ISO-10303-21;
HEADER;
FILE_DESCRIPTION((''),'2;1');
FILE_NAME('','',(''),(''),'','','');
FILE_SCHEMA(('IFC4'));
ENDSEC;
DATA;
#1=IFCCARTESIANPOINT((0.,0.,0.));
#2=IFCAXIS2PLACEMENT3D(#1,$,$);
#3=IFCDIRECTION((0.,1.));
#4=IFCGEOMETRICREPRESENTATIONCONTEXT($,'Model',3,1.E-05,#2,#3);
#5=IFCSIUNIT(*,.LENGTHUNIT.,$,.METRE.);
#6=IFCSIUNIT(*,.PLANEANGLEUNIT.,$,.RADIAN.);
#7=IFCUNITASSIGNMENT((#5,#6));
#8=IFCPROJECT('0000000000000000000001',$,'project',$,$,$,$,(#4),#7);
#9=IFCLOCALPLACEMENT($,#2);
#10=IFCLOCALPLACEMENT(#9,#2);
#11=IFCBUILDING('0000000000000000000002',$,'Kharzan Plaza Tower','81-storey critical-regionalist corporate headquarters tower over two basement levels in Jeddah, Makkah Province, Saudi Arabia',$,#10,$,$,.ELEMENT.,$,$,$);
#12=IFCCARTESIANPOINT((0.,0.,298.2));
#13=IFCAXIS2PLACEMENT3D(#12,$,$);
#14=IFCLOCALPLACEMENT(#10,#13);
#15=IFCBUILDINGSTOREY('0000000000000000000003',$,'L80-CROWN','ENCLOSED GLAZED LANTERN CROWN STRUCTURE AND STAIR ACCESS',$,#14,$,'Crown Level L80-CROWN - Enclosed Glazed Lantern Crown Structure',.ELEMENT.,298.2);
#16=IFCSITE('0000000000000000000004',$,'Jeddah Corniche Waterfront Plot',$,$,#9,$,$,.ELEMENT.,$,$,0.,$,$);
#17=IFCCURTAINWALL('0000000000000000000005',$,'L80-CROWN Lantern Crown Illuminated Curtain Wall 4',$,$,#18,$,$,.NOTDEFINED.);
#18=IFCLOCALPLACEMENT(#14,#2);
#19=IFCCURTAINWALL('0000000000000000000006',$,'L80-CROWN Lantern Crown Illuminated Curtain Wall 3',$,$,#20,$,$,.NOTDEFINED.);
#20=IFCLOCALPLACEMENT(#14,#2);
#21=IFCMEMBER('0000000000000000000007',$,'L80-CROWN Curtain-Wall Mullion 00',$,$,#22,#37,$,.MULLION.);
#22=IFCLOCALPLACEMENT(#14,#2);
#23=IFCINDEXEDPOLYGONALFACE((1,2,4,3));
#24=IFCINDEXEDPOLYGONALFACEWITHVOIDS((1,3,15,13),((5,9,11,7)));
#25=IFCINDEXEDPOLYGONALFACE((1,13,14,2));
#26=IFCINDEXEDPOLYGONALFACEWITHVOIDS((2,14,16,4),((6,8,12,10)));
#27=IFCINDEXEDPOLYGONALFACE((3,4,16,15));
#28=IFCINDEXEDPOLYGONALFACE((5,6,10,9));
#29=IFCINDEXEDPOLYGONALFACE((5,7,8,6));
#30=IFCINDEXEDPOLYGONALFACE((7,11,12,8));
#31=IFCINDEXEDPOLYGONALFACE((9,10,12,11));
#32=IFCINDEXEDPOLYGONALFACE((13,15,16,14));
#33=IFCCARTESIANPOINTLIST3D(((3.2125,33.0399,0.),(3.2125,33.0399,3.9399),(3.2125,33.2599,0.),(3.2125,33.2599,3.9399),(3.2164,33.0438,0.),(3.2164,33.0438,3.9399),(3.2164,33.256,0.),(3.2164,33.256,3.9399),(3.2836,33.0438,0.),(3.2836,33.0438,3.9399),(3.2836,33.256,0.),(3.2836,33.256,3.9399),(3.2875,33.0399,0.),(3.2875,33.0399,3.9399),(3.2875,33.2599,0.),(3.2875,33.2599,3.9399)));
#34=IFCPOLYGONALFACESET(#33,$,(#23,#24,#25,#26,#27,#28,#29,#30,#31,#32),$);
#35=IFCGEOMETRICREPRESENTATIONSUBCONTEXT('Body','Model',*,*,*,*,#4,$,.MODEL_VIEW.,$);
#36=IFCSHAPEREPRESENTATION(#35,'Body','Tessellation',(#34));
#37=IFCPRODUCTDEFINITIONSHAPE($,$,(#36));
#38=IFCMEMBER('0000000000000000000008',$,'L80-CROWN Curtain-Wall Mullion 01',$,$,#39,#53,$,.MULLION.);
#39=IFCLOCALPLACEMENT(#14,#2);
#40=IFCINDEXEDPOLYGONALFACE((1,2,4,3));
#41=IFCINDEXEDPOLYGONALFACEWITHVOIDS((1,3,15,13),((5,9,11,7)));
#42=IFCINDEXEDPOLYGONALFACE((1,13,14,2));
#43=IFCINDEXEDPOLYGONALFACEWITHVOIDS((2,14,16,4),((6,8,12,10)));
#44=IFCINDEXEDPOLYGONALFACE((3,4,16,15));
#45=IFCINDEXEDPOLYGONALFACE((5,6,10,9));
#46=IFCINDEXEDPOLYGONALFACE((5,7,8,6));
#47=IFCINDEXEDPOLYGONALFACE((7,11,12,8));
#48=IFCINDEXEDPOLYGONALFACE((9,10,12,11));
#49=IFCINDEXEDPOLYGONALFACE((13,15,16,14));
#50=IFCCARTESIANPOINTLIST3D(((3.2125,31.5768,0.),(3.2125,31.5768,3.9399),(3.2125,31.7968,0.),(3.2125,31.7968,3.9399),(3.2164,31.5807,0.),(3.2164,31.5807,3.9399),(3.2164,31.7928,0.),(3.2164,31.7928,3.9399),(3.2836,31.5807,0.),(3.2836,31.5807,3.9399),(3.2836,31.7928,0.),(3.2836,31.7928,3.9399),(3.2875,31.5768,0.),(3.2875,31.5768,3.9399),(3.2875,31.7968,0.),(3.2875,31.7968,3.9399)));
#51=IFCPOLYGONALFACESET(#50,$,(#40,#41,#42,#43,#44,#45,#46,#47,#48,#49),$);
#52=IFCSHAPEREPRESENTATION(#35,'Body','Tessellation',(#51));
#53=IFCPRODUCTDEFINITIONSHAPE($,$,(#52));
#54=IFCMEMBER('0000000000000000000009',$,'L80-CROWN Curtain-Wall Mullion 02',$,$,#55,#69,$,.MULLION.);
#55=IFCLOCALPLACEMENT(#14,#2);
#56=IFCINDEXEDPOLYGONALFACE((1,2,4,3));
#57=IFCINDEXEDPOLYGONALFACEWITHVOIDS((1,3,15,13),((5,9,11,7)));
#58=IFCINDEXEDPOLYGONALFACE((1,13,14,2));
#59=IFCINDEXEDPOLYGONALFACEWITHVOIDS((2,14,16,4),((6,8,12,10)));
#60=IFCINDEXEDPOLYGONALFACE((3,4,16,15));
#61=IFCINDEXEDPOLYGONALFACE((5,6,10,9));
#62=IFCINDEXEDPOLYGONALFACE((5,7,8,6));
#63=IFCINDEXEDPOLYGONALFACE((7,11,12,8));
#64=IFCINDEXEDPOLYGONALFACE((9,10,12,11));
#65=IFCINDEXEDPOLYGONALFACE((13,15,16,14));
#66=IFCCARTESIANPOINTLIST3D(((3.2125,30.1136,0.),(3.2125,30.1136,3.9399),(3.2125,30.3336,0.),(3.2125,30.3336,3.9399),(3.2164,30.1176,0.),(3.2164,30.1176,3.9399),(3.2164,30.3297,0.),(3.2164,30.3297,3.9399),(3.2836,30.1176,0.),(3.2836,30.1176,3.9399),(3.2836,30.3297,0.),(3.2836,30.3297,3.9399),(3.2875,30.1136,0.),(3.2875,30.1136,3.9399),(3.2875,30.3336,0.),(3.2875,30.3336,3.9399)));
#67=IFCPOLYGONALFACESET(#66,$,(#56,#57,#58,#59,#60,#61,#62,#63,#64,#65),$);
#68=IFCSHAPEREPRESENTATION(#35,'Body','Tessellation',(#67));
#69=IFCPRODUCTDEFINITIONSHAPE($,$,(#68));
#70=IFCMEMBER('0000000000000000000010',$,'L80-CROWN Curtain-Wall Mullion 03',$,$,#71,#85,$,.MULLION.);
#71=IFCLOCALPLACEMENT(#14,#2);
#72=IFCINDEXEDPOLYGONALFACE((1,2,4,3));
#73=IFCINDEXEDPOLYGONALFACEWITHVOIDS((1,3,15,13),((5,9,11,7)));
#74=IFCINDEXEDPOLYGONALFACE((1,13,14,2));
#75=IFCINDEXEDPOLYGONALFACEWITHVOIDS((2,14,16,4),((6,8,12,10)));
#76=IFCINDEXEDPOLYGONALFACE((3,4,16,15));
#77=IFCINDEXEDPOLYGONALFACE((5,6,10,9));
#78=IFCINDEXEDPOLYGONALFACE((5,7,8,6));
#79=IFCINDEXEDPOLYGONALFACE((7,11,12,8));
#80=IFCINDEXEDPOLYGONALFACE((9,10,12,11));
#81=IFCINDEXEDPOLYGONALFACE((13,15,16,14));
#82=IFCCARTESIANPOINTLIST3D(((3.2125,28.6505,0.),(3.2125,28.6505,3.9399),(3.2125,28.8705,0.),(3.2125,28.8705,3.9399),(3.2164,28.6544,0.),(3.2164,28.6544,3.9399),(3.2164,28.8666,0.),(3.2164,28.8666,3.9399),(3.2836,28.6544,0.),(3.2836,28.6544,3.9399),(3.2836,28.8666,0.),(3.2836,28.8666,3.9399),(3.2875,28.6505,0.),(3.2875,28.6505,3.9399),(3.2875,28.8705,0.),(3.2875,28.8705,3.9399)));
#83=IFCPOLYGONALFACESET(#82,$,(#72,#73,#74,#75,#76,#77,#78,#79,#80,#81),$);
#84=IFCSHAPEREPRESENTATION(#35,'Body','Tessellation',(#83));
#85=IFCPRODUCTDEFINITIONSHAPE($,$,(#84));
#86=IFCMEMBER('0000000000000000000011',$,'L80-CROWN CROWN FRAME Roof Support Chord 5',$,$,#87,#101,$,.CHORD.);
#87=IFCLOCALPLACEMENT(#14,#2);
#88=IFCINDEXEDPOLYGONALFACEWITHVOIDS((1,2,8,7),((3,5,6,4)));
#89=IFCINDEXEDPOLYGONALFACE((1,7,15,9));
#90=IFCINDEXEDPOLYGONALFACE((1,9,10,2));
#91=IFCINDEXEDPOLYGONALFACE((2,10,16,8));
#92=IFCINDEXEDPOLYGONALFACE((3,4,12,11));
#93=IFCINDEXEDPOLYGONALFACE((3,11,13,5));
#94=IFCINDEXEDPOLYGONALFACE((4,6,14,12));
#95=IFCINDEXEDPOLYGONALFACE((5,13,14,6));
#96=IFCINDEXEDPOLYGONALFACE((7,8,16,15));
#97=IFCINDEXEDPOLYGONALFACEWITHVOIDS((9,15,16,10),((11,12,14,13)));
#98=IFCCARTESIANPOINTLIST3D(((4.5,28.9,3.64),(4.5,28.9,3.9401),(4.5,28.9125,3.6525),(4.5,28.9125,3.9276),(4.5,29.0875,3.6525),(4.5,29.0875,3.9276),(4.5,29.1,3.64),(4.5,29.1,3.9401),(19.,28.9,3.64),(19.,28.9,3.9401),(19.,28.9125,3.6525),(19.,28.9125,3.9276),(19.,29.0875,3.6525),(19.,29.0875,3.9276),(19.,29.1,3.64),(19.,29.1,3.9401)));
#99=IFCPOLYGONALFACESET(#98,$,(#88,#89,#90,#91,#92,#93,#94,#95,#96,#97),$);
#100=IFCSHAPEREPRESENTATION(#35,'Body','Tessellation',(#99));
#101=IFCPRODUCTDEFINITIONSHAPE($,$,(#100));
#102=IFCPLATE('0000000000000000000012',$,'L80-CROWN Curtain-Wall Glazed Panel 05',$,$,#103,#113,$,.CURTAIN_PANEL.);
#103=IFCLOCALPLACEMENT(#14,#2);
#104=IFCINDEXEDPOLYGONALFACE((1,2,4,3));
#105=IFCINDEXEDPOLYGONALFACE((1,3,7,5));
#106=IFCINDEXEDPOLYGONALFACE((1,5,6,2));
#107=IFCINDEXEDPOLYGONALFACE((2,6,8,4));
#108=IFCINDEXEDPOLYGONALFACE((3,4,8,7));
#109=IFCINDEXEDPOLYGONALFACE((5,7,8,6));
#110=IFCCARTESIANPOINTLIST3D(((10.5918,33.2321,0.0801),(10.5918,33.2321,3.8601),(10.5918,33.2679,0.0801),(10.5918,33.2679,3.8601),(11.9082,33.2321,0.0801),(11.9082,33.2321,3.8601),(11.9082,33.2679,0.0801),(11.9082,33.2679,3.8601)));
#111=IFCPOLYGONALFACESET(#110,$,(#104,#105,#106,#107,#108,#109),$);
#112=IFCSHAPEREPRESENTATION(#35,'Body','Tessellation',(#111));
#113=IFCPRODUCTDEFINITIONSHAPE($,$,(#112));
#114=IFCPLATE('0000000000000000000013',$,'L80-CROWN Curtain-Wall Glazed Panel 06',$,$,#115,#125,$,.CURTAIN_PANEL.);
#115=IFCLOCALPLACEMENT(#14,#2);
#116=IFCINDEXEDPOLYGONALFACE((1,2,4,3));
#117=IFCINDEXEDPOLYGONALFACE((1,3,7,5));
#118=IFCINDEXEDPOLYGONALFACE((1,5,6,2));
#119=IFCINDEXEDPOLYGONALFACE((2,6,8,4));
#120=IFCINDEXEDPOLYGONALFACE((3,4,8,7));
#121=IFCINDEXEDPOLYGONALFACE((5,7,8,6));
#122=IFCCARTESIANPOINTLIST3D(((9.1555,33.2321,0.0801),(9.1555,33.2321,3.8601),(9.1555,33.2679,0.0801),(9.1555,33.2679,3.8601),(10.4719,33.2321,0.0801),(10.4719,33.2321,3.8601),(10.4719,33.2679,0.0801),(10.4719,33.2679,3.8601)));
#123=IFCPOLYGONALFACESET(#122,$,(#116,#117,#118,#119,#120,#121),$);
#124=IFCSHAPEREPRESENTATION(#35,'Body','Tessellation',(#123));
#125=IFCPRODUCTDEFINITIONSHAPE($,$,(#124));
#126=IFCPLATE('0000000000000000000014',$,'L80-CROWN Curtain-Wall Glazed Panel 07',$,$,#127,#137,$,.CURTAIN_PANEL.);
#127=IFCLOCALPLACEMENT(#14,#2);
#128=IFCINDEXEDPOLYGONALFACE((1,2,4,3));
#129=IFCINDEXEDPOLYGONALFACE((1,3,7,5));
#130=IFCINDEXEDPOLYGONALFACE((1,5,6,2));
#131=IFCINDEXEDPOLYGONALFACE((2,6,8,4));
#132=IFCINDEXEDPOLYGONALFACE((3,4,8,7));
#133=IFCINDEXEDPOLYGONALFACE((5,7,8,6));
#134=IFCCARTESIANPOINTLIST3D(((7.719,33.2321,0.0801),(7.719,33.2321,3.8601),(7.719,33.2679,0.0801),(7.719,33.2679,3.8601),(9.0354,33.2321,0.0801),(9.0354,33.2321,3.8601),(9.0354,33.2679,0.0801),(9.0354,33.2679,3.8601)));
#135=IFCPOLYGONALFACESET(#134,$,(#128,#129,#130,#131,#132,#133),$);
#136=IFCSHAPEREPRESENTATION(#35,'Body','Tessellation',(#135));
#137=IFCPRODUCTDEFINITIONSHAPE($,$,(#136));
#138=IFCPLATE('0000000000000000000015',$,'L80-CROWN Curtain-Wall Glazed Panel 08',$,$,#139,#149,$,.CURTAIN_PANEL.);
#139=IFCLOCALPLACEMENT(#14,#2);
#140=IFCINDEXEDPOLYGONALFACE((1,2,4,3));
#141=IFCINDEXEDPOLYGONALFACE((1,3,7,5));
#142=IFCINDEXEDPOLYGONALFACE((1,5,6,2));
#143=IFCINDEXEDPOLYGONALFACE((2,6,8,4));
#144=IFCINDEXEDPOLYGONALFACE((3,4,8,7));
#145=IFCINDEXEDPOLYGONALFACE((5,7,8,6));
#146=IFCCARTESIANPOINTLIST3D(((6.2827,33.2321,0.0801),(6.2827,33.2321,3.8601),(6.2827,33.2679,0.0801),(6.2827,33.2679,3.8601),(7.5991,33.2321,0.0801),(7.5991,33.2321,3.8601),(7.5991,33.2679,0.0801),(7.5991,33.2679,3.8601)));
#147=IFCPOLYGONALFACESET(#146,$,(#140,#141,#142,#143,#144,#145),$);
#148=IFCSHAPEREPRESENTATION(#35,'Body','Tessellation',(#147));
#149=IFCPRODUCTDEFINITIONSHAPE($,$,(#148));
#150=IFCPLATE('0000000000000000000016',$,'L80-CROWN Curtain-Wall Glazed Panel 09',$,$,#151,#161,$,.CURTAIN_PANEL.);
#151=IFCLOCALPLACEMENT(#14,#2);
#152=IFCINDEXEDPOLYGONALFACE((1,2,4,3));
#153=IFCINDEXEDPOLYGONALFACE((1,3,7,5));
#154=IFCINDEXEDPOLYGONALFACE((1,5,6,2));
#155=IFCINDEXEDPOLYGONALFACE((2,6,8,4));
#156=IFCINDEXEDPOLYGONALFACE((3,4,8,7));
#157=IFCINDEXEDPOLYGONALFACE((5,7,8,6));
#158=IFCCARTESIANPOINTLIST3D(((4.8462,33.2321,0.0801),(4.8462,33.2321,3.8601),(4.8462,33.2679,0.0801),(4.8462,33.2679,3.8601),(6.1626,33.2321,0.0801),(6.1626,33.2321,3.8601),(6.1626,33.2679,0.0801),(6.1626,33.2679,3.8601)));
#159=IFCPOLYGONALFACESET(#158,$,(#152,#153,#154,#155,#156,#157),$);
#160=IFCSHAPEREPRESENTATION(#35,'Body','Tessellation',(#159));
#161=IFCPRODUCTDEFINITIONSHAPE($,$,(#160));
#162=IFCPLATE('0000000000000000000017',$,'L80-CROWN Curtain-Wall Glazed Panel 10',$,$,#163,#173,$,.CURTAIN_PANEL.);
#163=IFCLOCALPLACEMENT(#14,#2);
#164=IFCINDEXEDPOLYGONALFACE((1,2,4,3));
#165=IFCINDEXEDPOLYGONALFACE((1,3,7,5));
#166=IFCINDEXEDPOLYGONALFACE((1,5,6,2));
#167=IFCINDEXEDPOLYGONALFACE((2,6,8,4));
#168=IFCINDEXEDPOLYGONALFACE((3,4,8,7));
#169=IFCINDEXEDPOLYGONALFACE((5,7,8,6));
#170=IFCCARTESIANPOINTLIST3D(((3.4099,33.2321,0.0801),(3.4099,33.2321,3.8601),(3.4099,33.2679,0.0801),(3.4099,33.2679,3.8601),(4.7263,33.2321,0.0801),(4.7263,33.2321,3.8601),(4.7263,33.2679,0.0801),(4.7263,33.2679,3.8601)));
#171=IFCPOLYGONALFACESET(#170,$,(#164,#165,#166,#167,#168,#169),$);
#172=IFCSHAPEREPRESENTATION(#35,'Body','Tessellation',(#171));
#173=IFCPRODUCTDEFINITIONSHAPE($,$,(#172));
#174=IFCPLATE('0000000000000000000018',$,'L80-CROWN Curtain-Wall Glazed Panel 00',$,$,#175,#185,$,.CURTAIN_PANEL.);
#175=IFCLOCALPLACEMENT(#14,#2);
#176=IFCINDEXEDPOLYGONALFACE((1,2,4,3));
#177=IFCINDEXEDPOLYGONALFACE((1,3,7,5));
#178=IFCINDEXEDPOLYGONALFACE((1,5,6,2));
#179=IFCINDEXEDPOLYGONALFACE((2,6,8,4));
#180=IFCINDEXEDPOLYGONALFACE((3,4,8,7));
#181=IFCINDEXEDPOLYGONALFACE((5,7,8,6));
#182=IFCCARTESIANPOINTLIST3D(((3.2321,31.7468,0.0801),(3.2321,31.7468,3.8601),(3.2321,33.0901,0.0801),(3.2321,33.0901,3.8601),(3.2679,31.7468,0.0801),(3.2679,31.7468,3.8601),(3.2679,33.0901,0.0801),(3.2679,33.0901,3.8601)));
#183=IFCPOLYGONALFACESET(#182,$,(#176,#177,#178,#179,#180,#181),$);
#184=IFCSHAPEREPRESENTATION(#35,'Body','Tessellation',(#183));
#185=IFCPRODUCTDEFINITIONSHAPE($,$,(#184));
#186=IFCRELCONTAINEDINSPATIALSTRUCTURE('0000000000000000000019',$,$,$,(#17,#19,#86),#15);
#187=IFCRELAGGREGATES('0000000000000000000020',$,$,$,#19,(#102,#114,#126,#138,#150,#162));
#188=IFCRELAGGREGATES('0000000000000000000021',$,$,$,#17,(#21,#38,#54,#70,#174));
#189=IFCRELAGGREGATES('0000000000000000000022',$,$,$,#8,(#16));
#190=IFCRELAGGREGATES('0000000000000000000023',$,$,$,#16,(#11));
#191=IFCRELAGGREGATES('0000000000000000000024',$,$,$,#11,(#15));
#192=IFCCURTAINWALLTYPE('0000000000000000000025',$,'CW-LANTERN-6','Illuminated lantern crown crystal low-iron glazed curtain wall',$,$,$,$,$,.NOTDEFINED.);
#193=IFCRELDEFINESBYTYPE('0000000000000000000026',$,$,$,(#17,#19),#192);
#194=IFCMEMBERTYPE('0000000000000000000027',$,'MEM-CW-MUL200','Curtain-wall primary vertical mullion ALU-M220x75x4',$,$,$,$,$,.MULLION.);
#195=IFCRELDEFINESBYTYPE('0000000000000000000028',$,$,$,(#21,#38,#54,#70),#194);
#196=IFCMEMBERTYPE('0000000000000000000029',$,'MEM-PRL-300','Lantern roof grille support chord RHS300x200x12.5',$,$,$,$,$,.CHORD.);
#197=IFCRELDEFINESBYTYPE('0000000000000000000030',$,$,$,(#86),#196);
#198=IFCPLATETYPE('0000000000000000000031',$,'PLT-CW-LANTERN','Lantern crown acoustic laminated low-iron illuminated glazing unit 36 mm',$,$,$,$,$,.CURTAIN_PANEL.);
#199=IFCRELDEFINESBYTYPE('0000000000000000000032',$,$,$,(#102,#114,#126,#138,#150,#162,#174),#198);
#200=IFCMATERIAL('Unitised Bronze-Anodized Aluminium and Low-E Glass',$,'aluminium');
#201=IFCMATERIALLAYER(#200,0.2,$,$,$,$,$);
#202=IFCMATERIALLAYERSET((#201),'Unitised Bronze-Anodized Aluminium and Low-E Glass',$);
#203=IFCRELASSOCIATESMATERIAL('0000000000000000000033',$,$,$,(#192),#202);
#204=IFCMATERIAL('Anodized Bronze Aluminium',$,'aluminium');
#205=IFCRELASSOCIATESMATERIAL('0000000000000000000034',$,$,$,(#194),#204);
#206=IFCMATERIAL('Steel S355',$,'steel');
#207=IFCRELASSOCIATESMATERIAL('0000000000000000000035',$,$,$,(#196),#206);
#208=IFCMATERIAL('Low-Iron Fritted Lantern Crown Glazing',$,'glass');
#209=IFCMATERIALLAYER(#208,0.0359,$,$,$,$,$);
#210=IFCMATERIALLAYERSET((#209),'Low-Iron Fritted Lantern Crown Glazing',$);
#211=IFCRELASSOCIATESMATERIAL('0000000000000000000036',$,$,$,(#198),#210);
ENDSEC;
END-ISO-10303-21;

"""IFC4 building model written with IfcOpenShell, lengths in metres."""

from ifc_helpers import new_model, si_unit, direction, frame, origin, origin_2d, place, context, subcontext, project, spatial, rectangle, hollow_rectangle, extrude, source, transform, mapped, material, layer, layer_set, material_profile, profile_set, type_object, element, aggregate, save


model = new_model("IFC4")

# Units and contexts
model_context = context("Model", 3, precision=1e-05, world=origin(), true_north=direction((0.0, 1.0)))
body_context = subcontext(model_context, "Body", "Model", "MODEL_VIEW")
ifc_project = project(units=[si_unit("LENGTHUNIT", "METRE"), si_unit("PLANEANGLEUNIT", "RADIAN")], contexts=[model_context])

# Site, building, storey
site_placement = place(None, origin())
site = spatial("IfcSite", under=ifc_project, at=site_placement, Name="Jeddah Corniche Waterfront Plot", CompositionType="ELEMENT", RefElevation=0.0)
building_placement = place(site_placement, origin())
building = spatial("IfcBuilding", under=site, at=building_placement, Name="Kharzan Plaza Tower", Description="81-storey critical-regionalist corporate headquarters tower over two basement levels in Jeddah, Makkah Province, Saudi Arabia", CompositionType="ELEMENT")
storey_placement = place(building_placement, frame((0.0, 0.0, 298.2)))
storey = spatial("IfcBuildingStorey", under=building, at=storey_placement, Name="L80-CROWN", Description="ENCLOSED GLAZED LANTERN CROWN STRUCTURE AND STAIR ACCESS", LongName="Crown Level L80-CROWN - Enclosed Glazed Lantern Crown Structure", CompositionType="ELEMENT", Elevation=298.2)

# Shared definitions
ifc_material_1 = material(Name="Steel S355", Category="steel")

# Curtain walls
ifc_material_2 = material(Name="Unitised Bronze-Anodized Aluminium and Low-E Glass", Category="aluminium")
ifc_layer_1 = layer(ifc_material_2, 0.2)
ifc_layer_set_1 = layer_set([ifc_layer_1], Name="Unitised Bronze-Anodized Aluminium and Low-E Glass")
curtain_wall_type = type_object("IfcCurtainWallType", Name="CW-LANTERN-6", Description="Illuminated lantern crown crystal low-iron glazed curtain wall", PredefinedType="NOTDEFINED", material=ifc_layer_set_1)
curtain_wall_1_placement = place(storey_placement, origin())
curtain_wall_1 = element("IfcCurtainWall", 1, at=curtain_wall_1_placement, inside=storey, type_object=curtain_wall_type, Name="L80-CROWN Lantern Crown Illuminated Curtain Wall 4", PredefinedType="NOTDEFINED")
ifc_material_3 = material(Name="Anodized Bronze Aluminium", Category="aluminium")
curtain_wall_2_placement = place(storey_placement, origin())
curtain_wall_2 = element("IfcCurtainWall", 2, at=curtain_wall_2_placement, inside=storey, type_object=curtain_wall_type, Name="L80-CROWN Lantern Crown Illuminated Curtain Wall 3", PredefinedType="NOTDEFINED")
ifc_material_profile_1 = material_profile(ifc_material_3, hollow_rectangle(XDim=0.075, YDim=0.22, WallThickness=0.0039, at=origin_2d()), Name="ALU-M220x75x4")
ifc_profile_set_1 = profile_set([ifc_material_profile_1], Name="Anodized Bronze Aluminium")
member_type_1 = type_object("IfcMemberType", Name="MEM-CW-MUL200", Description="Curtain-wall primary vertical mullion ALU-M220x75x4", PredefinedType="MULLION", material=ifc_profile_set_1)
shared_shape_1 = source(origin(), body_context, "Body", "SweptSolid", [
    extrude(hollow_rectangle(XDim=0.075, YDim=0.22, WallThickness=0.0039, at=origin_2d()), origin(), (0.0, 0.0, 1.0), 3.9399),
])

# Members
member_1_placement = place(storey_placement, frame((3.25, 33.1499, 0.0), z_axis=(0.0, 0.0, 1.0), x_axis=(1.0, 0.0, 0.0)))
member_1 = element("IfcMember", 3, at=member_1_placement, type_object=member_type_1, Name="L80-CROWN Curtain-Wall Mullion 00", PredefinedType="MULLION", context=body_context, shape_type="MappedRepresentation", body=[
    mapped(shared_shape_1, transform((0.0, 0.0, 0.0), x_axis=(1.0, 0.0, 0.0), y_axis=(0.0, 1.0, 0.0), z_axis=(0.0, 0.0, 1.0))),
])
member_2_placement = place(storey_placement, frame((3.25, 31.6868, 0.0), z_axis=(0.0, 0.0, 1.0), x_axis=(1.0, 0.0, 0.0)))
member_2 = element("IfcMember", 4, at=member_2_placement, type_object=member_type_1, Name="L80-CROWN Curtain-Wall Mullion 01", PredefinedType="MULLION", context=body_context, shape_type="MappedRepresentation", body=[
    mapped(shared_shape_1, transform((0.0, 0.0, 0.0), x_axis=(1.0, 0.0, 0.0), y_axis=(0.0, 1.0, 0.0), z_axis=(0.0, 0.0, 1.0))),
])
member_3_placement = place(storey_placement, frame((3.25, 30.2236, 0.0), z_axis=(0.0, 0.0, 1.0), x_axis=(1.0, 0.0, 0.0)))
member_3 = element("IfcMember", 5, at=member_3_placement, type_object=member_type_1, Name="L80-CROWN Curtain-Wall Mullion 02", PredefinedType="MULLION", context=body_context, shape_type="MappedRepresentation", body=[
    mapped(shared_shape_1, transform((0.0, 0.0, 0.0), x_axis=(1.0, 0.0, 0.0), y_axis=(0.0, 1.0, 0.0), z_axis=(0.0, 0.0, 1.0))),
])
member_4_placement = place(storey_placement, frame((3.25, 28.7605, 0.0), z_axis=(0.0, 0.0, 1.0), x_axis=(1.0, 0.0, 0.0)))
member_4 = element("IfcMember", 6, at=member_4_placement, type_object=member_type_1, Name="L80-CROWN Curtain-Wall Mullion 03", PredefinedType="MULLION", context=body_context, shape_type="MappedRepresentation", body=[
    mapped(shared_shape_1, transform((0.0, 0.0, 0.0), x_axis=(1.0, 0.0, 0.0), y_axis=(0.0, 1.0, 0.0), z_axis=(0.0, 0.0, 1.0))),
])
ifc_material_profile_2 = material_profile(ifc_material_1, hollow_rectangle(XDim=0.2, YDim=0.3, WallThickness=0.0125, at=origin_2d()), Name="RHS300x200x12.5")
ifc_profile_set_2 = profile_set([ifc_material_profile_2], Name="Steel S355")
member_type_2 = type_object("IfcMemberType", Name="MEM-PRL-300", Description="Lantern roof grille support chord RHS300x200x12.5", PredefinedType="CHORD", material=ifc_profile_set_2)
shared_shape_2 = source(origin(), body_context, "Body", "SweptSolid", [
    extrude(hollow_rectangle(XDim=0.2, YDim=0.3, WallThickness=0.0125, at=origin_2d()), origin(), (0.0, 0.0, 1.0), 14.5),
])
member_5_placement = place(storey_placement, frame((4.5, 29.0, 3.79), z_axis=(1.0, 0.0, 0.0), x_axis=(0.0, 1.0, 0.0)))
element("IfcMember", 7, at=member_5_placement, inside=storey, type_object=member_type_2, Name="L80-CROWN CROWN FRAME Roof Support Chord 5", PredefinedType="CHORD", context=body_context, shape_type="MappedRepresentation", body=[
    mapped(shared_shape_2, transform((0.0, 0.0, 0.0), x_axis=(1.0, 0.0, 0.0), y_axis=(0.0, 1.0, 0.0), z_axis=(0.0, 0.0, 1.0))),
])

# Plates
ifc_material_4 = material(Name="Low-Iron Fritted Lantern Crown Glazing", Category="glass")
ifc_layer_2 = layer(ifc_material_4, 0.0359)
ifc_layer_set_2 = layer_set([ifc_layer_2], Name="Low-Iron Fritted Lantern Crown Glazing")
plate_type = type_object("IfcPlateType", Name="PLT-CW-LANTERN", Description="Lantern crown acoustic laminated low-iron illuminated glazing unit 36 mm", PredefinedType="CURTAIN_PANEL", material=ifc_layer_set_2)
shared_shape_3 = source(origin(), body_context, "Body", "SweptSolid", [
    extrude(rectangle(XDim=1.3164, YDim=0.0359, at=origin_2d()), origin(), (0.0, 0.0, 1.0), 3.78),
])
plate_1_placement = place(storey_placement, frame((11.25, 33.25, 0.0801), z_axis=(0.0, 0.0, 1.0), x_axis=(-1.0, 0.0, 0.0)))
plate_1 = element("IfcPlate", 8, at=plate_1_placement, type_object=plate_type, Name="L80-CROWN Curtain-Wall Glazed Panel 05", PredefinedType="CURTAIN_PANEL", context=body_context, shape_type="MappedRepresentation", body=[
    mapped(shared_shape_3, transform((0.0, 0.0, 0.0), x_axis=(1.0, 0.0, 0.0), y_axis=(0.0, 1.0, 0.0), z_axis=(0.0, 0.0, 1.0))),
])
plate_2_placement = place(storey_placement, frame((9.8137, 33.25, 0.0801), z_axis=(0.0, 0.0, 1.0), x_axis=(-1.0, 0.0, 0.0)))
plate_2 = element("IfcPlate", 9, at=plate_2_placement, type_object=plate_type, Name="L80-CROWN Curtain-Wall Glazed Panel 06", PredefinedType="CURTAIN_PANEL", context=body_context, shape_type="MappedRepresentation", body=[
    mapped(shared_shape_3, transform((0.0, 0.0, 0.0), x_axis=(1.0, 0.0, 0.0), y_axis=(0.0, 1.0, 0.0), z_axis=(0.0, 0.0, 1.0))),
])
plate_3_placement = place(storey_placement, frame((8.3772, 33.25, 0.0801), z_axis=(0.0, 0.0, 1.0), x_axis=(-1.0, 0.0, 0.0)))
plate_3 = element("IfcPlate", 10, at=plate_3_placement, type_object=plate_type, Name="L80-CROWN Curtain-Wall Glazed Panel 07", PredefinedType="CURTAIN_PANEL", context=body_context, shape_type="MappedRepresentation", body=[
    mapped(shared_shape_3, transform((0.0, 0.0, 0.0), x_axis=(1.0, 0.0, 0.0), y_axis=(0.0, 1.0, 0.0), z_axis=(0.0, 0.0, 1.0))),
])
plate_4_placement = place(storey_placement, frame((6.9409, 33.25, 0.0801), z_axis=(0.0, 0.0, 1.0), x_axis=(-1.0, 0.0, 0.0)))
plate_4 = element("IfcPlate", 11, at=plate_4_placement, type_object=plate_type, Name="L80-CROWN Curtain-Wall Glazed Panel 08", PredefinedType="CURTAIN_PANEL", context=body_context, shape_type="MappedRepresentation", body=[
    mapped(shared_shape_3, transform((0.0, 0.0, 0.0), x_axis=(1.0, 0.0, 0.0), y_axis=(0.0, 1.0, 0.0), z_axis=(0.0, 0.0, 1.0))),
])
plate_5_placement = place(storey_placement, frame((5.5044, 33.25, 0.0801), z_axis=(0.0, 0.0, 1.0), x_axis=(-1.0, 0.0, 0.0)))
plate_5 = element("IfcPlate", 12, at=plate_5_placement, type_object=plate_type, Name="L80-CROWN Curtain-Wall Glazed Panel 09", PredefinedType="CURTAIN_PANEL", context=body_context, shape_type="MappedRepresentation", body=[
    mapped(shared_shape_3, transform((0.0, 0.0, 0.0), x_axis=(1.0, 0.0, 0.0), y_axis=(0.0, 1.0, 0.0), z_axis=(0.0, 0.0, 1.0))),
])
plate_6_placement = place(storey_placement, frame((4.0681, 33.25, 0.0801), z_axis=(0.0, 0.0, 1.0), x_axis=(-1.0, 0.0, 0.0)))
plate_6 = element("IfcPlate", 13, at=plate_6_placement, type_object=plate_type, Name="L80-CROWN Curtain-Wall Glazed Panel 10", PredefinedType="CURTAIN_PANEL", context=body_context, shape_type="MappedRepresentation", body=[
    mapped(shared_shape_3, transform((0.0, 0.0, 0.0), x_axis=(1.0, 0.0, 0.0), y_axis=(0.0, 1.0, 0.0), z_axis=(0.0, 0.0, 1.0))),
])
aggregate(curtain_wall_2, [plate_1, plate_2, plate_3, plate_4, plate_5, plate_6])
shared_shape_4 = source(origin(), body_context, "Body", "SweptSolid", [
    extrude(rectangle(XDim=1.3433, YDim=0.0359, at=origin_2d()), origin(), (0.0, 0.0, 1.0), 3.78),
])
plate_7_placement = place(storey_placement, frame((3.25, 32.4185, 0.0801), z_axis=(0.0, 0.0, 1.0), x_axis=(0.0, -1.0, 0.0)))
plate_7 = element("IfcPlate", 14, at=plate_7_placement, type_object=plate_type, Name="L80-CROWN Curtain-Wall Glazed Panel 00", PredefinedType="CURTAIN_PANEL", context=body_context, shape_type="MappedRepresentation", body=[
    mapped(shared_shape_4, transform((0.0, 0.0, 0.0), x_axis=(1.0, 0.0, 0.0), y_axis=(0.0, 1.0, 0.0), z_axis=(0.0, 0.0, 1.0))),
])
aggregate(curtain_wall_1, [member_1, member_2, member_3, member_4, plate_7])

save(model, "model.ifc")
